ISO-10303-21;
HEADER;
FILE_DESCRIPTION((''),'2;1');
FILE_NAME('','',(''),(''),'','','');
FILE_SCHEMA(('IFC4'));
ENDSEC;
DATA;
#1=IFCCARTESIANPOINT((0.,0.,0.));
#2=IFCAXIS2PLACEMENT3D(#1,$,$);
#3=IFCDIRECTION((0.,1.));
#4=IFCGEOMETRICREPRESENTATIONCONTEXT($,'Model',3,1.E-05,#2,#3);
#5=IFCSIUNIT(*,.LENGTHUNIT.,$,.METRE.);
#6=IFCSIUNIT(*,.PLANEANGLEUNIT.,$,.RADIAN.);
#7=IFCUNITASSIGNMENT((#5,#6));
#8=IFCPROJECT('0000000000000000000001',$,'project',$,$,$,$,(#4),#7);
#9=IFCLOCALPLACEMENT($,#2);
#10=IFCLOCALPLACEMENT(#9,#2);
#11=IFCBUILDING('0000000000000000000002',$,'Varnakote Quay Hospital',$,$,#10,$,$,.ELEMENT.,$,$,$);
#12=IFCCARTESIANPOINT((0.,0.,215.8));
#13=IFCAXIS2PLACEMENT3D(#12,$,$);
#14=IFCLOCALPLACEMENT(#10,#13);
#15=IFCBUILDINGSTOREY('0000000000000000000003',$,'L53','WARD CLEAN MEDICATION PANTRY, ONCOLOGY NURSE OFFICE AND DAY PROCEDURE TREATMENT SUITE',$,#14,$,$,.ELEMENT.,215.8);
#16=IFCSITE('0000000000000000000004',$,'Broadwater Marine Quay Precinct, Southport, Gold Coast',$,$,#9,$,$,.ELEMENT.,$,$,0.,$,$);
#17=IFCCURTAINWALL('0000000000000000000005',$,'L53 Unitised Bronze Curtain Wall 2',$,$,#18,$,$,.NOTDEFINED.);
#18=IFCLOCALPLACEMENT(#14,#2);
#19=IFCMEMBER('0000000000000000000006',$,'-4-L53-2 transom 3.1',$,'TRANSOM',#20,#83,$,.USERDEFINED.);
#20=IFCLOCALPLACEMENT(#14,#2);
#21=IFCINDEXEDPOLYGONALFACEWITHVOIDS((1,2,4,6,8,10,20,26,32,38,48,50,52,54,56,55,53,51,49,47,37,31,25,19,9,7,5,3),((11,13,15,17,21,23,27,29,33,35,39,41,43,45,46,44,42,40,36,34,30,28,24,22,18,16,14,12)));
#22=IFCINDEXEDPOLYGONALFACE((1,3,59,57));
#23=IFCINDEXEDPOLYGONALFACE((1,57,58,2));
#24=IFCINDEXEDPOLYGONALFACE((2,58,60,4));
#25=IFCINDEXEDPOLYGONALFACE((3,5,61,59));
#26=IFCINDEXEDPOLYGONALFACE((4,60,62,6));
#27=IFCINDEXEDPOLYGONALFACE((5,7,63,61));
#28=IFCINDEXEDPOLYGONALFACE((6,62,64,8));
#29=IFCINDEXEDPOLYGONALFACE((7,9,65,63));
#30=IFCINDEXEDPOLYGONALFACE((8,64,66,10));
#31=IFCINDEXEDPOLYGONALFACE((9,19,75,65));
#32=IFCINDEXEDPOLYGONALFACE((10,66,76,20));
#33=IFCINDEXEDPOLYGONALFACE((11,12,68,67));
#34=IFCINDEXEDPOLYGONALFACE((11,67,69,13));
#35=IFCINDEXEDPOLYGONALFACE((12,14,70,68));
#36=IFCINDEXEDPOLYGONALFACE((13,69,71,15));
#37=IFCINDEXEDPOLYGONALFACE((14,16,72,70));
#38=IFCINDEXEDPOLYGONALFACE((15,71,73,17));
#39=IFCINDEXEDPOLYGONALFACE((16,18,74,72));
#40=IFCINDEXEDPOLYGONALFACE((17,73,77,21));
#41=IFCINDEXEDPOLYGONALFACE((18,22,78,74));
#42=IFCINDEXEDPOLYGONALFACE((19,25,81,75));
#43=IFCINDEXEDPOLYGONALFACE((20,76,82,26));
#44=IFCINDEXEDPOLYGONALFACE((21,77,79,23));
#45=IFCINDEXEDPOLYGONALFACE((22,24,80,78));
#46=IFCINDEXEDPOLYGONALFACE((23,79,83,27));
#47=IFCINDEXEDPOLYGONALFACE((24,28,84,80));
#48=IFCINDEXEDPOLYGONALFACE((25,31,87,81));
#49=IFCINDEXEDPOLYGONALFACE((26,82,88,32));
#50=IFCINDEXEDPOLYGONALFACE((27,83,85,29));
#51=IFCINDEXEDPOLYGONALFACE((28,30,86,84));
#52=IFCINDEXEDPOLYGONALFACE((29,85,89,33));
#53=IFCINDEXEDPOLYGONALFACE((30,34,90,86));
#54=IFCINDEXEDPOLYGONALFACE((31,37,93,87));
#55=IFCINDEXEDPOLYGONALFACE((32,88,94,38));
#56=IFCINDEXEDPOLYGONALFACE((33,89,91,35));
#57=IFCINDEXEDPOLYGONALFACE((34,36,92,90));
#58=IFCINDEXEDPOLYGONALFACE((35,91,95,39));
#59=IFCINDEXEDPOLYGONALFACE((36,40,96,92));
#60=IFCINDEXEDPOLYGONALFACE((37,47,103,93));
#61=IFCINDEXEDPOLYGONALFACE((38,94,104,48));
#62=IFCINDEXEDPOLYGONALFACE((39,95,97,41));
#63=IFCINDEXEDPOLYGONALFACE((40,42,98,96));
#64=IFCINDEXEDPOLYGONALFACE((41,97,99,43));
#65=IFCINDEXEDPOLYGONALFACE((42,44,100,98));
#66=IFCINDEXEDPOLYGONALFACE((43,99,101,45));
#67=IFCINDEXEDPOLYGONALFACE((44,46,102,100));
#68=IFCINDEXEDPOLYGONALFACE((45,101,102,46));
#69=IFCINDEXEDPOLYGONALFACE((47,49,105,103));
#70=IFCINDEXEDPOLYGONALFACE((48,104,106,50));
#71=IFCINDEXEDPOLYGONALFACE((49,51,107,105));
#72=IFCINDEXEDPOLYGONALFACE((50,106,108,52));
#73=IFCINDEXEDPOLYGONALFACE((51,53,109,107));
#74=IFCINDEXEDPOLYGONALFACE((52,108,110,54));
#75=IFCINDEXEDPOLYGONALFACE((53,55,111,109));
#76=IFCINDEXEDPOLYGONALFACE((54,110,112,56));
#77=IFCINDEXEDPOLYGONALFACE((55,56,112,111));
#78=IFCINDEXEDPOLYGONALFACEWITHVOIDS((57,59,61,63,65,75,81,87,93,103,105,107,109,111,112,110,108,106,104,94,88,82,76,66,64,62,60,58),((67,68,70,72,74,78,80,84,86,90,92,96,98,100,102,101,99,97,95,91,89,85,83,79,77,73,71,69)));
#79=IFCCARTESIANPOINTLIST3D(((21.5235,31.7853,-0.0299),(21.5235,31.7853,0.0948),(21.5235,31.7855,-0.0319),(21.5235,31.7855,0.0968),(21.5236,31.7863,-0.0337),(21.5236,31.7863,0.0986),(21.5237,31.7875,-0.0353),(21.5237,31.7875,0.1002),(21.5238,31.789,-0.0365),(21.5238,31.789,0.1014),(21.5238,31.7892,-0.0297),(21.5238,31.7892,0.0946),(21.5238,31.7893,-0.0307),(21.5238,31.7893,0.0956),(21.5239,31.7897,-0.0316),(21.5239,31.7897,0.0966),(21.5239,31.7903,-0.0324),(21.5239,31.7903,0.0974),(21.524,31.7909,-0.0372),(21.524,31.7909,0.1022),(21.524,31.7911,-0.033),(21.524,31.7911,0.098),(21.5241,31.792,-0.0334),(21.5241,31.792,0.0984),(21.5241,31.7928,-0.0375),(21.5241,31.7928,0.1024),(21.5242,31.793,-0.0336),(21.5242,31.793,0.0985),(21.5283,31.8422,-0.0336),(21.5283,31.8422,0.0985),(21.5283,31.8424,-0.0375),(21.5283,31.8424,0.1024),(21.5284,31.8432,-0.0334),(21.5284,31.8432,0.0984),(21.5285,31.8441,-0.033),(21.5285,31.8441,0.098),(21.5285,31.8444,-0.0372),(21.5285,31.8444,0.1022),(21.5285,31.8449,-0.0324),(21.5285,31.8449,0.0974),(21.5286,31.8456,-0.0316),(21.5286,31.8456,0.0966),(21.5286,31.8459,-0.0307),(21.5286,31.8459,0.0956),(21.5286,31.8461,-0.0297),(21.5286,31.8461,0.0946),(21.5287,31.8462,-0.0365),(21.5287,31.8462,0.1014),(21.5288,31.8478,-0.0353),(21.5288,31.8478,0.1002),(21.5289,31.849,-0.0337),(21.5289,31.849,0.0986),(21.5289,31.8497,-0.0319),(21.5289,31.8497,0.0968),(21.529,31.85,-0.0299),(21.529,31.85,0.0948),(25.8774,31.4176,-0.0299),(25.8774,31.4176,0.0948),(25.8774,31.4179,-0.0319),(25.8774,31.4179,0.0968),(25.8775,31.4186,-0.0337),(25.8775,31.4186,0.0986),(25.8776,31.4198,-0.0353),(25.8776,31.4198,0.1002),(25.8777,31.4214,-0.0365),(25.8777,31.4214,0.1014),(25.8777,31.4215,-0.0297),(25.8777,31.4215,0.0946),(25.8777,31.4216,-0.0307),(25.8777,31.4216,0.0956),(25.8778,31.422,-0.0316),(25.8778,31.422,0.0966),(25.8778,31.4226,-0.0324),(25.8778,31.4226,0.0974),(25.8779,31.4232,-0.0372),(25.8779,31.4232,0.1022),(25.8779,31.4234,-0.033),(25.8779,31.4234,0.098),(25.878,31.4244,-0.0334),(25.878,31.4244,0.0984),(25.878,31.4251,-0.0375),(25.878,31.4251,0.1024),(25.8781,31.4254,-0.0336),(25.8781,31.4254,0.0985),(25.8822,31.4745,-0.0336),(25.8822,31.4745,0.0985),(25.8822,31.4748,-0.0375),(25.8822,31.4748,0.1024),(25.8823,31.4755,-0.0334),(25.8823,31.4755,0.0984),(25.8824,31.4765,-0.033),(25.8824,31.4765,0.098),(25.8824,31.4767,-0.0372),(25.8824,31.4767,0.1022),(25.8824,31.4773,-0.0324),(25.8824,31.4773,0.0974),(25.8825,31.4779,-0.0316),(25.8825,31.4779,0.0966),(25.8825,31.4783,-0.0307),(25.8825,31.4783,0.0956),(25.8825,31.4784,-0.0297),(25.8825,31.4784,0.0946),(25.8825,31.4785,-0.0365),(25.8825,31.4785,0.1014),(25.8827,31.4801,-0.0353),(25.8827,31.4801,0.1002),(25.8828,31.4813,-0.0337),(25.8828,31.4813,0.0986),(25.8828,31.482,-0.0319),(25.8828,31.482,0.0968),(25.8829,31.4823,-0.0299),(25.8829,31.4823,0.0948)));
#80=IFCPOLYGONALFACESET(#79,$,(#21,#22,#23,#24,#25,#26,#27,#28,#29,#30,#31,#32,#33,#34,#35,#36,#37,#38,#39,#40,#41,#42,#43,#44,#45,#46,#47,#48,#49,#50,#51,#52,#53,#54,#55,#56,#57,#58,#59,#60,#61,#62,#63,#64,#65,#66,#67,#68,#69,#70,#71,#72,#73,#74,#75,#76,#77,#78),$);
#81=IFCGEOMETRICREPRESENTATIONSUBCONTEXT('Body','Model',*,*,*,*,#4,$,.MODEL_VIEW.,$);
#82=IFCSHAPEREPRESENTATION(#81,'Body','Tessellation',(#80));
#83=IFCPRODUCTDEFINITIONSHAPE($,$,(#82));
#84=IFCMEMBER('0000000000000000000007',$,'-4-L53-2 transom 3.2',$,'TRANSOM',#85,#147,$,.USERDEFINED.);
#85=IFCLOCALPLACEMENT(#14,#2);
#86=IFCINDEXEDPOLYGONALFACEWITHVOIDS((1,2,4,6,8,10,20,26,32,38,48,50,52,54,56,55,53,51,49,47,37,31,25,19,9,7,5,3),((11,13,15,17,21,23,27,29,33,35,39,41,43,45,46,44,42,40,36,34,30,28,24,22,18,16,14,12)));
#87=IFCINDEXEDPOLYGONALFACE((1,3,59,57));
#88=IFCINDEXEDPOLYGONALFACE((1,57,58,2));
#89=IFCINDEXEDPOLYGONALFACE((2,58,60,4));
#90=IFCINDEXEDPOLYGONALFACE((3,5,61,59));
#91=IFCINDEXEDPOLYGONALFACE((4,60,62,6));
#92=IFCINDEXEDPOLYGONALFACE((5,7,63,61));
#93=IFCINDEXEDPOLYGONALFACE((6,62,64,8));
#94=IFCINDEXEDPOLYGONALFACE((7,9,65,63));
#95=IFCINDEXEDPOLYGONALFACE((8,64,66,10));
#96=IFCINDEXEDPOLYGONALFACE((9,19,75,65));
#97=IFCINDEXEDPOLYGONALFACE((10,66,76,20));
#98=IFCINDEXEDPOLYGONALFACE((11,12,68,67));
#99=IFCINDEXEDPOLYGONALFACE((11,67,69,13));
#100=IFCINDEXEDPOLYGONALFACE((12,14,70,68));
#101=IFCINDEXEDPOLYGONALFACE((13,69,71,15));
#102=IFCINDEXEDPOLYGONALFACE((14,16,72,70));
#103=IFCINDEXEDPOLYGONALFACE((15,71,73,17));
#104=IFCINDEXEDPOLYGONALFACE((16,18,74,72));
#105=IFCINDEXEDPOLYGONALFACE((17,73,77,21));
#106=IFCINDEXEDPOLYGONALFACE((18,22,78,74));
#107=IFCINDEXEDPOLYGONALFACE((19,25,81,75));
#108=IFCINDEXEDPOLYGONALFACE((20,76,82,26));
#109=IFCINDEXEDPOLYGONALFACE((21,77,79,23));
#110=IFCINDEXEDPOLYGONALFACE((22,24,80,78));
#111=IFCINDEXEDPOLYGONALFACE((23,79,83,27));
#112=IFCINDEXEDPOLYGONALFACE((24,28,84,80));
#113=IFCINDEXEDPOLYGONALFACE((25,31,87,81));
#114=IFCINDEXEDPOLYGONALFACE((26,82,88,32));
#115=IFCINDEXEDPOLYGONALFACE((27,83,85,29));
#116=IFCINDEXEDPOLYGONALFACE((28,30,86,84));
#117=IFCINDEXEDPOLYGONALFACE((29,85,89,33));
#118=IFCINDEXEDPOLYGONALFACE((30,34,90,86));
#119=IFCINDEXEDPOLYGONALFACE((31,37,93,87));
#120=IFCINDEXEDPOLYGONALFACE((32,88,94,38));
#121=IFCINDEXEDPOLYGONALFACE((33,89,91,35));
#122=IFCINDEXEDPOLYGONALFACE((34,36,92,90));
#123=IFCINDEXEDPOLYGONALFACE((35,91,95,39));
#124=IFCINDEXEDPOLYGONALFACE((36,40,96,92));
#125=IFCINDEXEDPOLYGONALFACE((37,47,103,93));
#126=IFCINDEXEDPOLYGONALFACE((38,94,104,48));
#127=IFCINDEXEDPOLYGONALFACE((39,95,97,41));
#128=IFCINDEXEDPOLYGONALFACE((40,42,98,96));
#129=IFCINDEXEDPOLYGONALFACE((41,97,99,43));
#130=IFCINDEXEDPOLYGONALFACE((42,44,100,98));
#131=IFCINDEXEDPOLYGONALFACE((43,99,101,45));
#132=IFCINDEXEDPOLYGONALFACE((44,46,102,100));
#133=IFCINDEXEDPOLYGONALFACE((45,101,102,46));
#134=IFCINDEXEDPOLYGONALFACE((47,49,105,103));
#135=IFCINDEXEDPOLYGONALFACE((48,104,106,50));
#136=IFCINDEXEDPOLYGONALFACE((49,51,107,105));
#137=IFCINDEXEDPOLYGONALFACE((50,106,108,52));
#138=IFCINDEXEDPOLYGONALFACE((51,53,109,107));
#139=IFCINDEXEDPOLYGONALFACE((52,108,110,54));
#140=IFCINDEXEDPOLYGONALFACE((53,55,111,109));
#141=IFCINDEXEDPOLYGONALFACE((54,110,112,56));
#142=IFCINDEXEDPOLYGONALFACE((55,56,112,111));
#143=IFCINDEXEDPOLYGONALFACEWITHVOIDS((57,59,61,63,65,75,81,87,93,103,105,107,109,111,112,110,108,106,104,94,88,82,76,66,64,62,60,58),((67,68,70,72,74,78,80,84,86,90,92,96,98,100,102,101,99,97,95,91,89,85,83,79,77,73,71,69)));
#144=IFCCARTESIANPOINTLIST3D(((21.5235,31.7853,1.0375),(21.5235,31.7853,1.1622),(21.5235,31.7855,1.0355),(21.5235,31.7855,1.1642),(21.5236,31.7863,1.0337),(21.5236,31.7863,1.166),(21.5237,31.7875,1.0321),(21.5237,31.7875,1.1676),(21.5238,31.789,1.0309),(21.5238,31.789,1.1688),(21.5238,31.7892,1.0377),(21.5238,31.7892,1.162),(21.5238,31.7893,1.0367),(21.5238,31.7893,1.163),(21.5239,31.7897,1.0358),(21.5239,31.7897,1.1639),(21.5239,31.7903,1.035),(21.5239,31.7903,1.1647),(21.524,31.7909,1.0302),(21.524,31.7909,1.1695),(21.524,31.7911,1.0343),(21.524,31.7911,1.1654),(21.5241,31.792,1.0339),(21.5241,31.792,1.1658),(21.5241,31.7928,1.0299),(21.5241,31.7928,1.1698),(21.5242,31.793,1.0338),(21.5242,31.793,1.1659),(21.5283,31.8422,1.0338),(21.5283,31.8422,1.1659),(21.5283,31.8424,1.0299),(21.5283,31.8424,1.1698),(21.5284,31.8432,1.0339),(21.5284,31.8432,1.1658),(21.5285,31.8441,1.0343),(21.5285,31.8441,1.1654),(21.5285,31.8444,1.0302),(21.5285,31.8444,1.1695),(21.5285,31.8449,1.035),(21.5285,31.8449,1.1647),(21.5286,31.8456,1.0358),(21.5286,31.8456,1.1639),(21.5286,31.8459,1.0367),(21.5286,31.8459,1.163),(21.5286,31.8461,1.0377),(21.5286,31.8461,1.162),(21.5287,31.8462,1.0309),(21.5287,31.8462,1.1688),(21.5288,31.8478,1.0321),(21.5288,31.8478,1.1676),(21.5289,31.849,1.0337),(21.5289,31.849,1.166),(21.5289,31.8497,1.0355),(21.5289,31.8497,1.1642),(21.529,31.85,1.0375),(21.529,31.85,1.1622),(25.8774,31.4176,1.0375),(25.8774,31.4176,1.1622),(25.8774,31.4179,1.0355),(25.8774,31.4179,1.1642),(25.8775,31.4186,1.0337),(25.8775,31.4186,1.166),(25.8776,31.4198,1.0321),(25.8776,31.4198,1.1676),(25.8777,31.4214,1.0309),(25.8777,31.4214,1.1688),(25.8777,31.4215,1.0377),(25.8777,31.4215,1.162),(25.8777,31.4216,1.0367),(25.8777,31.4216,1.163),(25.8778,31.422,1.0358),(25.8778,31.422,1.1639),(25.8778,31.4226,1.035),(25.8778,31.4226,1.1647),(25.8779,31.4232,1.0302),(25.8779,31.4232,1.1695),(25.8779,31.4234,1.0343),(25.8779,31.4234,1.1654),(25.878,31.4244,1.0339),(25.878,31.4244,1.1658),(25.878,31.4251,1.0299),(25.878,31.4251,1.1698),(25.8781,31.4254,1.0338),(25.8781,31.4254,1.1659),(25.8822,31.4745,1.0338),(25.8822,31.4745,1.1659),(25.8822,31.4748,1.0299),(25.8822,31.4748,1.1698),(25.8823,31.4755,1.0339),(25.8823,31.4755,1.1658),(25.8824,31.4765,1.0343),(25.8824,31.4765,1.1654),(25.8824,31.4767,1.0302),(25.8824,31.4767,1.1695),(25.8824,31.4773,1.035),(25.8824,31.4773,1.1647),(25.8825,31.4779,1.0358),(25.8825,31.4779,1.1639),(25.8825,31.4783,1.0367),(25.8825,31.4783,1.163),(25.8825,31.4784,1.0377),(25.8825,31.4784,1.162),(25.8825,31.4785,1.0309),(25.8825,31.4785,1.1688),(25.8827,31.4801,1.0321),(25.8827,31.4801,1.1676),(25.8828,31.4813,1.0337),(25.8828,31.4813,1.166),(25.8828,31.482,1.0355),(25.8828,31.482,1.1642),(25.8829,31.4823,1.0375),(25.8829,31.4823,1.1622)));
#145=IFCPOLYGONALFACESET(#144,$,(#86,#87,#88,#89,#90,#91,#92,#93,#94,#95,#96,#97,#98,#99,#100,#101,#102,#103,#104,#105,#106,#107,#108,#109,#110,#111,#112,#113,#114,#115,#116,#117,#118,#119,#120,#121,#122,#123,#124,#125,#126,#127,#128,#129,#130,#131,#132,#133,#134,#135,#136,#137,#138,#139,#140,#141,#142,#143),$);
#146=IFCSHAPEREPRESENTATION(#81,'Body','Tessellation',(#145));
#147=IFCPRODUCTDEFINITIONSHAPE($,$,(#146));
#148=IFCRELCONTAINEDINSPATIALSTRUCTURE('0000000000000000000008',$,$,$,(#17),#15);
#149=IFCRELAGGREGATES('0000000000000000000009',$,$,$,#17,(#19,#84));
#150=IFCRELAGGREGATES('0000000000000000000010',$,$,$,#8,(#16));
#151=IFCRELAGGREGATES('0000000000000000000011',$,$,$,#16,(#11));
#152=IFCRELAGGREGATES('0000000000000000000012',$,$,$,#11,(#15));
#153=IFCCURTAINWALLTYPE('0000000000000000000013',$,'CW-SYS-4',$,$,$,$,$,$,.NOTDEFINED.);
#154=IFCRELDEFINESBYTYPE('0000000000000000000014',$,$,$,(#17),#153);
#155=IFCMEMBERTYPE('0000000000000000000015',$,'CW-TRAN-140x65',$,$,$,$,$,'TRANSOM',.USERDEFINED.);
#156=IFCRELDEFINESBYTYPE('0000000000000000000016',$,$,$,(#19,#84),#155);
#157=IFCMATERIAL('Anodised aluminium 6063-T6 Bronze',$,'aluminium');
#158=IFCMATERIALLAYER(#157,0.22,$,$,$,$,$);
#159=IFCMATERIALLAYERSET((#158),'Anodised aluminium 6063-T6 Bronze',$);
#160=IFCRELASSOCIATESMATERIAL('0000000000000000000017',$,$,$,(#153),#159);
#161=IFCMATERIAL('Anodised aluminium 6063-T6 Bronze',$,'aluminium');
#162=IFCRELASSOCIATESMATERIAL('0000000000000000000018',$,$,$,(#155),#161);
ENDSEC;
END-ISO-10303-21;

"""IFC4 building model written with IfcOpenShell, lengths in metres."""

from ifc_helpers import new_model, si_unit, direction, frame, origin, origin_2d, place, context, subcontext, project, spatial, hollow_rectangle, extrude, material, layer, layer_set, material_profile, profile_set, type_object, element, aggregate, save


model = new_model("IFC4")

# Units and contexts
model_context = context("Model", 3, precision=1e-05, world=origin(), true_north=direction((0.0, 1.0)))
body_context = subcontext(model_context, "Body", "Model", "MODEL_VIEW")
ifc_project = project(units=[si_unit("LENGTHUNIT", "METRE"), si_unit("PLANEANGLEUNIT", "RADIAN")], contexts=[model_context])

# Site, building, storey
site_placement = place(None, origin())
site = spatial("IfcSite", under=ifc_project, at=site_placement, Name="Broadwater Marine Quay Precinct, Southport, Gold Coast", CompositionType="ELEMENT", RefElevation=0.0)
building_placement = place(site_placement, origin())
building = spatial("IfcBuilding", under=site, at=building_placement, Name="Varnakote Quay Hospital", CompositionType="ELEMENT")
storey_placement = place(building_placement, frame((0.0, 0.0, 215.8)))
storey = spatial("IfcBuildingStorey", under=building, at=storey_placement, Name="L53", Description="WARD CLEAN MEDICATION PANTRY, ONCOLOGY NURSE OFFICE AND DAY PROCEDURE TREATMENT SUITE", CompositionType="ELEMENT", Elevation=215.8)

# Curtain wall, members
ifc_material_1 = material(Name="Anodised aluminium 6063-T6 Bronze", Category="aluminium")
ifc_layer_1 = layer(ifc_material_1, 0.22)
ifc_layer_set_1 = layer_set([ifc_layer_1], Name="Anodised aluminium 6063-T6 Bronze")
curtain_wall_type = type_object("IfcCurtainWallType", Name="CW-SYS-4", PredefinedType="NOTDEFINED", material=ifc_layer_set_1)
curtain_wall_placement = place(storey_placement, origin())
curtain_wall = element("IfcCurtainWall", 1, at=curtain_wall_placement, inside=storey, type_object=curtain_wall_type, Name="L53 Unitised Bronze Curtain Wall 2", PredefinedType="NOTDEFINED")
ifc_material_2 = material(Name="Anodised aluminium 6063-T6 Bronze", Category="aluminium")
ifc_material_profile_1 = material_profile(ifc_material_2, hollow_rectangle(XDim=0.0649, YDim=0.1399, WallThickness=0.0039, InnerFilletRadius=0.0039, OuterFilletRadius=0.0076, at=origin_2d()), Name="CW-TRAN-140x65")
ifc_profile_set_1 = profile_set([ifc_material_profile_1], Name="Anodised aluminium 6063-T6 Bronze")
member_type_1 = type_object("IfcMemberType", Name="CW-TRAN-140x65", ElementType="TRANSOM", PredefinedType="USERDEFINED", material=ifc_profile_set_1)
member_1_placement = place(storey_placement, frame((25.8801, 31.45, 0.0325), z_axis=(-0.996453, 0.084146, 0.0), x_axis=(-0.084146, -0.996453, 0.0)))
member_1 = element("IfcMember", 2, at=member_1_placement, type_object=member_type_1, Name="-4-L53-2 transom 3.1", ObjectType="TRANSOM", PredefinedType="USERDEFINED", context=body_context, shape_type="SweptSolid", body=[
    extrude(hollow_rectangle(XDim=0.0649, YDim=0.1399, WallThickness=0.0039, InnerFilletRadius=0.0039, OuterFilletRadius=0.0076, at=origin_2d()), origin(), (0.0, 0.0, 1.0), 4.3694),
])
member_2_placement = place(storey_placement, frame((25.8801, 31.45, 1.0999), z_axis=(-0.996453, 0.084146, 0.0), x_axis=(-0.084146, -0.996453, 0.0)))
member_2 = element("IfcMember", 3, at=member_2_placement, type_object=member_type_1, Name="-4-L53-2 transom 3.2", ObjectType="TRANSOM", PredefinedType="USERDEFINED", context=body_context, shape_type="SweptSolid", body=[
    extrude(hollow_rectangle(XDim=0.0649, YDim=0.1399, WallThickness=0.0039, InnerFilletRadius=0.0039, OuterFilletRadius=0.0076, at=origin_2d()), origin(), (0.0, 0.0, 1.0), 4.3694),
])

aggregate(curtain_wall, [member_1, member_2])

save(model, "model.ifc")
